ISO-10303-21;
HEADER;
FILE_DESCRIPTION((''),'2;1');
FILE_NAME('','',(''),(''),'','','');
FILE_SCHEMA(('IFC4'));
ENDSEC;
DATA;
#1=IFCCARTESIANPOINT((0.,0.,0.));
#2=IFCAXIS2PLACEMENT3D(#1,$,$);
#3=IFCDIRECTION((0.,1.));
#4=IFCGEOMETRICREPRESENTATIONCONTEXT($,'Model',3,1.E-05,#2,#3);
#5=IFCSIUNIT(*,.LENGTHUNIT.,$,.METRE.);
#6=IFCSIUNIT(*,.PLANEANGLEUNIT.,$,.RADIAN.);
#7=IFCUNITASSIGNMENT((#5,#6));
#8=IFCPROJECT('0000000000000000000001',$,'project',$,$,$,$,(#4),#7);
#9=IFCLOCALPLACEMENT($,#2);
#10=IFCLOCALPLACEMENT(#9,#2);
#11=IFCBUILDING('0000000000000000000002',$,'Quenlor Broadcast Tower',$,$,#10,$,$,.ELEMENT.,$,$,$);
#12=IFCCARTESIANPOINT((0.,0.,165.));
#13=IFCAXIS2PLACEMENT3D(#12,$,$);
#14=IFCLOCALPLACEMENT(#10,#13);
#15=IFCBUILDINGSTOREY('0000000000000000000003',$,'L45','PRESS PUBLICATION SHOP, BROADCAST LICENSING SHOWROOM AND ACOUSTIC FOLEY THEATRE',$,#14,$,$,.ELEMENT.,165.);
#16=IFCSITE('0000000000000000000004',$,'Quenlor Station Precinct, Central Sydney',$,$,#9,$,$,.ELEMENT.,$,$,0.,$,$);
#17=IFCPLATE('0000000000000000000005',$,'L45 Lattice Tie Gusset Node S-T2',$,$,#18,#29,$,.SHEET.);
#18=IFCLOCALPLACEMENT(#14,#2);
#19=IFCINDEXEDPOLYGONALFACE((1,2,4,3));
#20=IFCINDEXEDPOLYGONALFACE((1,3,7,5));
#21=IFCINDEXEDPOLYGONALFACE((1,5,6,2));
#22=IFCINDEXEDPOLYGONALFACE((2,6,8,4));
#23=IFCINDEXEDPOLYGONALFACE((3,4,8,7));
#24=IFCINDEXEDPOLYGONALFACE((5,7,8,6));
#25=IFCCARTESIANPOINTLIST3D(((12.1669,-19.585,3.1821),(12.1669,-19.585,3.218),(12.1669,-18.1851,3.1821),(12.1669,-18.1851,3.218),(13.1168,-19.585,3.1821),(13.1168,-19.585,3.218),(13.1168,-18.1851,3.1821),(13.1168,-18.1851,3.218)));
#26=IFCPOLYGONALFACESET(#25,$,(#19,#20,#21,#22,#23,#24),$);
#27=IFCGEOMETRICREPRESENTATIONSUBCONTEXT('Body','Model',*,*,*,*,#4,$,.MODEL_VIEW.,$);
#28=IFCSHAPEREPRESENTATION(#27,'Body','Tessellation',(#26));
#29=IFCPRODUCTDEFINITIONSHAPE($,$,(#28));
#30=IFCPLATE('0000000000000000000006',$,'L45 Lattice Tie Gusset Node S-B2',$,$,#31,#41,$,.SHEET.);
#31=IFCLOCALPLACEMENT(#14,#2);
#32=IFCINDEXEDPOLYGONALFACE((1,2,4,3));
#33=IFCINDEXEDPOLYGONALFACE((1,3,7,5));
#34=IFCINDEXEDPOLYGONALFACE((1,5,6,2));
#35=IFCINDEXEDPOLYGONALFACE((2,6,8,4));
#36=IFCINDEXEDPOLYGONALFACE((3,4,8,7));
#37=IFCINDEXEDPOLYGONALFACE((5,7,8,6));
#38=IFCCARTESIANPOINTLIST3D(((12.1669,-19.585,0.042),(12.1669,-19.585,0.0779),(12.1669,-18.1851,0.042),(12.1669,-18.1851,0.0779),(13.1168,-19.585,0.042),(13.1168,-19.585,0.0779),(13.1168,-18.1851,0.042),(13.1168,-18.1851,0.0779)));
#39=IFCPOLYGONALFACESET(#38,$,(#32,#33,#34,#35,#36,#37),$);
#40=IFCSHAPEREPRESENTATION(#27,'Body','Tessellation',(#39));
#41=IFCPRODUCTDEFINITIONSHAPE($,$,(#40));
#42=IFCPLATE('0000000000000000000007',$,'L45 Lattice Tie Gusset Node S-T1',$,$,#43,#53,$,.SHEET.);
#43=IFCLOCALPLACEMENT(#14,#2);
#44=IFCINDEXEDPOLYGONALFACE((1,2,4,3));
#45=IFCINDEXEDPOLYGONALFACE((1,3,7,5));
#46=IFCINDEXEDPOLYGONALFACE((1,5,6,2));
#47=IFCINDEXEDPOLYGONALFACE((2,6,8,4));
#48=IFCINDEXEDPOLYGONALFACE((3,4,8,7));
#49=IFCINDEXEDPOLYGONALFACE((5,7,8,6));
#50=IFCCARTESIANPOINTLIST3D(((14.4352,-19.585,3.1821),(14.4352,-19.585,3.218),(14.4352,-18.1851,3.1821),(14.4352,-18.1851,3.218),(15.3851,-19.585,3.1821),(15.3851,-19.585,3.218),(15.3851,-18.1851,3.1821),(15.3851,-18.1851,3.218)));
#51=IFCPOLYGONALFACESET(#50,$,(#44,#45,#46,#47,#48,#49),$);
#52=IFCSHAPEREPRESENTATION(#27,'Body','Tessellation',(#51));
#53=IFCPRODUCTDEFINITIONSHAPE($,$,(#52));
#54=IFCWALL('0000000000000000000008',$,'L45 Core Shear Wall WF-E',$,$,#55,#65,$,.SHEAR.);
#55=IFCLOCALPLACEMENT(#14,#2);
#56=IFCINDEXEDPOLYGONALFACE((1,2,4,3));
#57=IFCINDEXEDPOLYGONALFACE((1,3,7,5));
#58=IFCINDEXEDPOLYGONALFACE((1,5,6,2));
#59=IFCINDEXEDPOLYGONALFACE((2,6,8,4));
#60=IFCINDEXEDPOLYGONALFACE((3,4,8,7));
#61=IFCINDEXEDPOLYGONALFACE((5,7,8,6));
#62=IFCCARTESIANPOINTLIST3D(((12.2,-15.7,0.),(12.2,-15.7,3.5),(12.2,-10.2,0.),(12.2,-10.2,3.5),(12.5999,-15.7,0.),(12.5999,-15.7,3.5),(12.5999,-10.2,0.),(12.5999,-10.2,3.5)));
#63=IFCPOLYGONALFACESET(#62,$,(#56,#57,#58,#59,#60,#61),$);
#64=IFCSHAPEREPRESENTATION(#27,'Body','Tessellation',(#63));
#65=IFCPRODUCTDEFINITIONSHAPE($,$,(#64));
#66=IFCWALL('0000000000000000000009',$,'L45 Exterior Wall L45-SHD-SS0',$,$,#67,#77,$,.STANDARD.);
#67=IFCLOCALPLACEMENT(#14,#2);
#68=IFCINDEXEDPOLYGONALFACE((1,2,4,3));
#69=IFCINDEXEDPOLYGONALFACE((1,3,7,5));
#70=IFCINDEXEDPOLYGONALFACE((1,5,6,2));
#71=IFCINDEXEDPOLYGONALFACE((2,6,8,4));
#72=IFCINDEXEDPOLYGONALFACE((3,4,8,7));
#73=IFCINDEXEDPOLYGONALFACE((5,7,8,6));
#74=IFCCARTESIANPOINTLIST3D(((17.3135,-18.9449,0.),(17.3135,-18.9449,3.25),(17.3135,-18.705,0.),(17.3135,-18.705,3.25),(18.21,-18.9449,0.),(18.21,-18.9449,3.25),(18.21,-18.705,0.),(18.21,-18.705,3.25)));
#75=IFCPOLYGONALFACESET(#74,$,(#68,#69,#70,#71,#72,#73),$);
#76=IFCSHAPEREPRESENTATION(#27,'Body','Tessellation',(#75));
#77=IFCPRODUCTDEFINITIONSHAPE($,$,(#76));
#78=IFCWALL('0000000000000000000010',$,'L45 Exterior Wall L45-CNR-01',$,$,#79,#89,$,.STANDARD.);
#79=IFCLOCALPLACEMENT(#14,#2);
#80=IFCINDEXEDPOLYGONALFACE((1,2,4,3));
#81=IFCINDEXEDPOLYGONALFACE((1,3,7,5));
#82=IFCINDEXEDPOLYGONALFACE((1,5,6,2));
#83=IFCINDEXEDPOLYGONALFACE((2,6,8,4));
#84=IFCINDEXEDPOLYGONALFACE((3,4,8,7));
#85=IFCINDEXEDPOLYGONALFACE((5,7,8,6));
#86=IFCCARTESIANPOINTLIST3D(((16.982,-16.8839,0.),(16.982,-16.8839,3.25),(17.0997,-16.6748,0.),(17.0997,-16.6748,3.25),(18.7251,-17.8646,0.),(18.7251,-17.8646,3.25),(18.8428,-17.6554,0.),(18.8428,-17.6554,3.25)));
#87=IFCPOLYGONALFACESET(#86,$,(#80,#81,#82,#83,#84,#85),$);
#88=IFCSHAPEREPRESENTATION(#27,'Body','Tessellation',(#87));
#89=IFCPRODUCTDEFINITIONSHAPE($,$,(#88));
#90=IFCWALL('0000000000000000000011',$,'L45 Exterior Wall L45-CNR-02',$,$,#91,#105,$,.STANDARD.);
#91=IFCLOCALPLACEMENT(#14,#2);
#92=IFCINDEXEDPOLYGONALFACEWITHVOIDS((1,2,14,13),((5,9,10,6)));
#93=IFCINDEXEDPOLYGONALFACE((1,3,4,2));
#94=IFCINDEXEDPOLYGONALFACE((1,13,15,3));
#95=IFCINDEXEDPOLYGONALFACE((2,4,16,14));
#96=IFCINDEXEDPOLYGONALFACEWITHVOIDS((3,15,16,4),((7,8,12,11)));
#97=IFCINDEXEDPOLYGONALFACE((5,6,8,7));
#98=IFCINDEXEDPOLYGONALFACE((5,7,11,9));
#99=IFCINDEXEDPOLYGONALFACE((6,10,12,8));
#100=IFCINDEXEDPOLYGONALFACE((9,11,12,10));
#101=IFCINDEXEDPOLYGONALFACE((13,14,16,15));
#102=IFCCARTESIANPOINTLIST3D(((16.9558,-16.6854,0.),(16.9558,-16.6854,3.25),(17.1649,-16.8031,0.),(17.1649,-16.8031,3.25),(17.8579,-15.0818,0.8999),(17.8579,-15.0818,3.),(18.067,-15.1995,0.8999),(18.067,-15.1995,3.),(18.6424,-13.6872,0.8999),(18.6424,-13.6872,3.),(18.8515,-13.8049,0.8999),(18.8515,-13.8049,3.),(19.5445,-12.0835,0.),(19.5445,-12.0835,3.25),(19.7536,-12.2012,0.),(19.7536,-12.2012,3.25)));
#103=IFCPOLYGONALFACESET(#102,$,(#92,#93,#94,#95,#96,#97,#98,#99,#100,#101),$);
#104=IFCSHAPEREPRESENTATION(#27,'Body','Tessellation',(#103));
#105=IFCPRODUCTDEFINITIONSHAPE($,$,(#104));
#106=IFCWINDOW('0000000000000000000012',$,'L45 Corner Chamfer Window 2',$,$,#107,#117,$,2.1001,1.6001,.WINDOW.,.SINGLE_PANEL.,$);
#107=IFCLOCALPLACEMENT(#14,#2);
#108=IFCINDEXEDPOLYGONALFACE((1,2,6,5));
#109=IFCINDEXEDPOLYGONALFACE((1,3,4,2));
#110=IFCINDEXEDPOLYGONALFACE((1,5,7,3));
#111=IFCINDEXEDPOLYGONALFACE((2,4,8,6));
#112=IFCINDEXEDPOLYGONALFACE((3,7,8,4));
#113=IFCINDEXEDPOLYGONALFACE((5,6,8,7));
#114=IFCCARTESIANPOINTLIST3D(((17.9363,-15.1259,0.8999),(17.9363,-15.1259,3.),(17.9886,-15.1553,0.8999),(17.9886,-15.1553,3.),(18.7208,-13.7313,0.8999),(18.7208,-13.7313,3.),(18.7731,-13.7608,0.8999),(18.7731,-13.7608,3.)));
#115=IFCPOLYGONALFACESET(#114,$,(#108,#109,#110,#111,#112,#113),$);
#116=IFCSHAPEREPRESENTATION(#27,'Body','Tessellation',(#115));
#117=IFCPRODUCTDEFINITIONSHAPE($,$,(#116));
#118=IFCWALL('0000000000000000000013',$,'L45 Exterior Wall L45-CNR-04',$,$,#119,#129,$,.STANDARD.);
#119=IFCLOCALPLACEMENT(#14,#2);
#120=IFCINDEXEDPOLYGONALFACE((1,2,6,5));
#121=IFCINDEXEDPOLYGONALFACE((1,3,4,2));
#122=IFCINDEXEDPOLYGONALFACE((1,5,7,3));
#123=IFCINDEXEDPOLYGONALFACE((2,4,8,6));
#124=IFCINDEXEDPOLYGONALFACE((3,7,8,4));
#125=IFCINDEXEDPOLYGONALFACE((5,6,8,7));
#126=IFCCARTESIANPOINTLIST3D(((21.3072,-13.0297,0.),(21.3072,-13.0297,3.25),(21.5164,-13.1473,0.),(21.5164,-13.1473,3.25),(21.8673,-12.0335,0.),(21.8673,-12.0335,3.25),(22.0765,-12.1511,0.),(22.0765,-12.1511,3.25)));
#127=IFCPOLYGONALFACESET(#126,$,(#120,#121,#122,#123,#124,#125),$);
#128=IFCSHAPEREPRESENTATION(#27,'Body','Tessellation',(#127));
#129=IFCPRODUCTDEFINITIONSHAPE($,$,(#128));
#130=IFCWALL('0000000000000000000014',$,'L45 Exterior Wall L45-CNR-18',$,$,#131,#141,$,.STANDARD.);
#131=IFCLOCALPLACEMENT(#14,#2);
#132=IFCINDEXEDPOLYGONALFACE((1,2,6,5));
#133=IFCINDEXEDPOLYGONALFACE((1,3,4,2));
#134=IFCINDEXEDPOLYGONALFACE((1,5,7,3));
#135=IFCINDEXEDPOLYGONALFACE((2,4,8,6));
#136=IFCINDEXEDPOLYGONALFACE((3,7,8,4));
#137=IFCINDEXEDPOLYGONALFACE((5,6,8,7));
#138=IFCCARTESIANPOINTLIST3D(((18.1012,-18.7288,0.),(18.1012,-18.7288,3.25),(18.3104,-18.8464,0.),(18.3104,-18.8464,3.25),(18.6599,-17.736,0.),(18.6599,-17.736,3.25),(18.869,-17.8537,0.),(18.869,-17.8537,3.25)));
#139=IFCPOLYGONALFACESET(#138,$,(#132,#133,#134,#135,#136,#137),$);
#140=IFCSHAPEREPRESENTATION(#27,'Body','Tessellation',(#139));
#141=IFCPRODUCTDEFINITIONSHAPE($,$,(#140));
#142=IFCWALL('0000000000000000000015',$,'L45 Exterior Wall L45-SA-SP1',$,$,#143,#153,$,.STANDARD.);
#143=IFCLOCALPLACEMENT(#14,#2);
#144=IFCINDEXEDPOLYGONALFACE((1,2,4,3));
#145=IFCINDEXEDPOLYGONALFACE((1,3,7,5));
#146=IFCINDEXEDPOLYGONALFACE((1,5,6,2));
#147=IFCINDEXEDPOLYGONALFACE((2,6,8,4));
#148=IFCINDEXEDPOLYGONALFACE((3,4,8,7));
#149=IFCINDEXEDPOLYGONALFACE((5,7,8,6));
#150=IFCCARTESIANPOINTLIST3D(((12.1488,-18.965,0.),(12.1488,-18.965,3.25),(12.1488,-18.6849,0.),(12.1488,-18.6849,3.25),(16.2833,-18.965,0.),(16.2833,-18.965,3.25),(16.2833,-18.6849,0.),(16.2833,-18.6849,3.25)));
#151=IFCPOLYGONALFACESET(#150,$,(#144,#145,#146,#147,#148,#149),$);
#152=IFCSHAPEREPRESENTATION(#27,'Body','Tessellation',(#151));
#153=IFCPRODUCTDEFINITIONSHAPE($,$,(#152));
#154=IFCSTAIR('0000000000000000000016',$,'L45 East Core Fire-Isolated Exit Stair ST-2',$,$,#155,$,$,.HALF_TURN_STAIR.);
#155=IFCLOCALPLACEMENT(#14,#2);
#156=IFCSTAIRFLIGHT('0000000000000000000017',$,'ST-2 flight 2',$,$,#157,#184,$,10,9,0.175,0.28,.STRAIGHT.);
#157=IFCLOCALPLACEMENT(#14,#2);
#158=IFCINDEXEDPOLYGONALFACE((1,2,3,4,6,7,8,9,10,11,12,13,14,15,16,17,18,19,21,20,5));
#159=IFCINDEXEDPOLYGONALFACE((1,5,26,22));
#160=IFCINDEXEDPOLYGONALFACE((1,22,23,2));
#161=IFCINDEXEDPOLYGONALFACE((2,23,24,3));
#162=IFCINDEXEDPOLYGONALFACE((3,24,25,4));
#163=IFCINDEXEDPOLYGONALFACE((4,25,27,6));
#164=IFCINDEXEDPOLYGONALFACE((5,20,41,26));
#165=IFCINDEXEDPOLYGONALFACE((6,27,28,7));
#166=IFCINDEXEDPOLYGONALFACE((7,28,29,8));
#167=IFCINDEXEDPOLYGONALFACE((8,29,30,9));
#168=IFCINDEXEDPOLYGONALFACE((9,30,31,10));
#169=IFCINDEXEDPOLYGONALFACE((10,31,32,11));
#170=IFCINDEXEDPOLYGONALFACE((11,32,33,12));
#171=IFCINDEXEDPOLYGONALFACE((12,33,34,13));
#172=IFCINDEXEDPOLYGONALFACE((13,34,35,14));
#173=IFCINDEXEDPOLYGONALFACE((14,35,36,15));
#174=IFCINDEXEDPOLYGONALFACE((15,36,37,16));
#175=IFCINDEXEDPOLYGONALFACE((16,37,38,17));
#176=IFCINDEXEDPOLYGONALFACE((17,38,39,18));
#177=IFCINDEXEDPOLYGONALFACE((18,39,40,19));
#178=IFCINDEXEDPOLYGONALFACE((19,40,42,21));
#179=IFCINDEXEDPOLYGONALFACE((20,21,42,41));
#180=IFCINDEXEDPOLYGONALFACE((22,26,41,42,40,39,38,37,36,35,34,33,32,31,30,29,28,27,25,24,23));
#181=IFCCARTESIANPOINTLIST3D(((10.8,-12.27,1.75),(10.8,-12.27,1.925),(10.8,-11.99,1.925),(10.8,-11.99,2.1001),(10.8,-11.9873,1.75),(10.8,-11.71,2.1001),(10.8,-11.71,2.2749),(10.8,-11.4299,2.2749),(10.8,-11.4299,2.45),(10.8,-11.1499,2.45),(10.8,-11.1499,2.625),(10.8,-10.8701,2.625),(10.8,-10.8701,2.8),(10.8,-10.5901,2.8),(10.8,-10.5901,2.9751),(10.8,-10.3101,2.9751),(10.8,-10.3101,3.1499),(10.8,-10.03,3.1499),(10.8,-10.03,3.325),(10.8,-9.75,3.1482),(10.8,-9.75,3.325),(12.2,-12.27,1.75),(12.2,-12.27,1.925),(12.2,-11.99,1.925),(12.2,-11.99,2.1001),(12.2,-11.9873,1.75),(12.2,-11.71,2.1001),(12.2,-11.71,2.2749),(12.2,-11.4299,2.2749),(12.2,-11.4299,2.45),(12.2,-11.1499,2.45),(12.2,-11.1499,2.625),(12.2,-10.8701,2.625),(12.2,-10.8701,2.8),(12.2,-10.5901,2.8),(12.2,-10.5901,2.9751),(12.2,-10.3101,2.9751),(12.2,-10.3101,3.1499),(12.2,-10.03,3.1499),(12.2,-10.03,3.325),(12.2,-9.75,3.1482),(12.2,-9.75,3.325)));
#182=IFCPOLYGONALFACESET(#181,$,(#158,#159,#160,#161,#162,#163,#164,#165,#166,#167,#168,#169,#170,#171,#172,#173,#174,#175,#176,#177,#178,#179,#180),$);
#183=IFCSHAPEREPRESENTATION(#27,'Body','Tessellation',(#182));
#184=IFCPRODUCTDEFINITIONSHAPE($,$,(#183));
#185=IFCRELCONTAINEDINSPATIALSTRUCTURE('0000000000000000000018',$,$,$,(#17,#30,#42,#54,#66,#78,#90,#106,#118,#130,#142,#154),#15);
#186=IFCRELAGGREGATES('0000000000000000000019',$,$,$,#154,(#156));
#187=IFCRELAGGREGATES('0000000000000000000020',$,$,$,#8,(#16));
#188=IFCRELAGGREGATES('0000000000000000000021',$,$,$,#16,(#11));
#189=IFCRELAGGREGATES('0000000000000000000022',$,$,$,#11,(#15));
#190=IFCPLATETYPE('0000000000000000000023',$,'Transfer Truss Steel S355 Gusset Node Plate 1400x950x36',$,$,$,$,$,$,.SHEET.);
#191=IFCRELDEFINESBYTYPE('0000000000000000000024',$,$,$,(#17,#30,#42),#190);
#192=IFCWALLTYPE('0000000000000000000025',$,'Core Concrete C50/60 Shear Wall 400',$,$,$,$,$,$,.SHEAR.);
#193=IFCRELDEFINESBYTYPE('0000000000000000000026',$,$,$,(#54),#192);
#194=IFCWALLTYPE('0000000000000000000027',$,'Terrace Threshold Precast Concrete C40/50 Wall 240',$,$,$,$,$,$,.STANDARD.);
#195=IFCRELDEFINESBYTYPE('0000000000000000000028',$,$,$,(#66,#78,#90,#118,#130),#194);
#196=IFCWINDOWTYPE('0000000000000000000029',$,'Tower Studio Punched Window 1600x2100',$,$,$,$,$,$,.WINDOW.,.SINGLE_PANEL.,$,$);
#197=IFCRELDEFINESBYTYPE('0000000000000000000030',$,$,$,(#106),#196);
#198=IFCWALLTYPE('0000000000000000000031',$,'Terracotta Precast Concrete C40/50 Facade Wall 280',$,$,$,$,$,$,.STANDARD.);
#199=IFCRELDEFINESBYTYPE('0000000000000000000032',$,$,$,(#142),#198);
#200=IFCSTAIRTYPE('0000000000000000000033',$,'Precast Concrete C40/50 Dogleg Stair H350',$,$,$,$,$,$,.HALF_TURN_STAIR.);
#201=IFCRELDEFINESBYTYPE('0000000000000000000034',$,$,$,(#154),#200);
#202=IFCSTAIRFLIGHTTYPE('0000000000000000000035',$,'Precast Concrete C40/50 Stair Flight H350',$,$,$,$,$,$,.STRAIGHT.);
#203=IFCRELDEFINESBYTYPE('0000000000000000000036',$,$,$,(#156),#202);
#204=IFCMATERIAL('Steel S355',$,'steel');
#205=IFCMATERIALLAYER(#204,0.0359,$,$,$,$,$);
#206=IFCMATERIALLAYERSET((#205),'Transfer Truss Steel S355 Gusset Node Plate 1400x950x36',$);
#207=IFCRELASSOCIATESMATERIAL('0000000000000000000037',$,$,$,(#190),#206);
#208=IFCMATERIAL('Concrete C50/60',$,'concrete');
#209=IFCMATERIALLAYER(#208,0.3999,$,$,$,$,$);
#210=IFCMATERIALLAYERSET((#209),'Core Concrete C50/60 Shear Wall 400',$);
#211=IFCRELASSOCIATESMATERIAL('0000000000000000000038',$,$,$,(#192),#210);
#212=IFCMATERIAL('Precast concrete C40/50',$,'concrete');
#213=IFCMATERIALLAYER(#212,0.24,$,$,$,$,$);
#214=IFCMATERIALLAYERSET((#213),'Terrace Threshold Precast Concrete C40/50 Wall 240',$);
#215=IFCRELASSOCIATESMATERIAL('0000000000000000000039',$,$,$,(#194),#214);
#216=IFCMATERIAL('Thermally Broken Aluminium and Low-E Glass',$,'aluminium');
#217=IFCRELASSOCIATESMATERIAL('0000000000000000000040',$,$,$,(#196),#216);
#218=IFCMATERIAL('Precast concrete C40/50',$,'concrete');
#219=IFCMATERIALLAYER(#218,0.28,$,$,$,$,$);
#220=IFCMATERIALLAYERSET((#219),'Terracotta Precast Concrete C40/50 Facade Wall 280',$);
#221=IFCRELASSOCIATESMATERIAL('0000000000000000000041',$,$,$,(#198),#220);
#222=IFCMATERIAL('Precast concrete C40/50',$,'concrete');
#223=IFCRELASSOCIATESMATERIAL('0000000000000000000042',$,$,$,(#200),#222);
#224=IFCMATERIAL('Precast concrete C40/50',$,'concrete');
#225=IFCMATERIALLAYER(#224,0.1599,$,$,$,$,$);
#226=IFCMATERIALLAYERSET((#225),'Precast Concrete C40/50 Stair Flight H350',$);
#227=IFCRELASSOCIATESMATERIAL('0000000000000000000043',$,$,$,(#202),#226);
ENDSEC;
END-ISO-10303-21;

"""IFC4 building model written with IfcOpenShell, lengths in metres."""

from ifc_helpers import new_model, si_unit, direction, frame, frame_2d, origin, origin_2d, place, context, subcontext, project, spatial, polyline, rectangle, outline, extrude, material, layer, layer_set, type_object, element, fill, aggregate, save


model = new_model("IFC4")

# Units and contexts
model_context = context("Model", 3, precision=1e-05, world=origin(), true_north=direction((0.0, 1.0)))
body_context = subcontext(model_context, "Body", "Model", "MODEL_VIEW")
ifc_project = project(units=[si_unit("LENGTHUNIT", "METRE"), si_unit("PLANEANGLEUNIT", "RADIAN")], contexts=[model_context])

# Site, building, storey
site_placement = place(None, origin())
site = spatial("IfcSite", under=ifc_project, at=site_placement, Name="Quenlor Station Precinct, Central Sydney", CompositionType="ELEMENT", RefElevation=0.0)
building_placement = place(site_placement, origin())
building = spatial("IfcBuilding", under=site, at=building_placement, Name="Quenlor Broadcast Tower", CompositionType="ELEMENT")
storey_placement = place(building_placement, frame((0.0, 0.0, 165.0)))
storey = spatial("IfcBuildingStorey", under=building, at=storey_placement, Name="L45", Description="PRESS PUBLICATION SHOP, BROADCAST LICENSING SHOWROOM AND ACOUSTIC FOLEY THEATRE", CompositionType="ELEMENT", Elevation=165.0)

# Plates
ifc_material_1 = material(Name="Steel S355", Category="steel")
ifc_layer_1 = layer(ifc_material_1, 0.0359)
ifc_layer_set_1 = layer_set([ifc_layer_1], Name="Transfer Truss Steel S355 Gusset Node Plate 1400x950x36")
plate_type_1 = type_object("IfcPlateType", Name="Transfer Truss Steel S355 Gusset Node Plate 1400x950x36", PredefinedType="SHEET", material=ifc_layer_set_1)
for number, where, z_axis, x_axis, name in (
    (1, (12.6418, -18.885, 3.1821), (0.0, 0.0, 1.0), (0.0, -1.0, 0.0), "L45 Lattice Tie Gusset Node S-T2"),
    (2, (12.6418, -18.885, 0.042), (0.0, 0.0, 1.0), (0.0, -1.0, 0.0), "L45 Lattice Tie Gusset Node S-B2"),
    (3, (14.9102, -18.885, 3.1821), (0.0, 0.0, 1.0), (0.0, -1.0, 0.0), "L45 Lattice Tie Gusset Node S-T1"),
):
    element("IfcPlate", number, at=place(storey_placement, frame(where, z_axis=z_axis, x_axis=x_axis)), inside=storey, type_object=plate_type_1, Name=name, PredefinedType="SHEET", context=body_context, shape_type="SweptSolid", body=[
        extrude(rectangle(XDim=1.3999, YDim=0.95, at=origin_2d()), origin(), (0.0, 0.0, 1.0), 0.0359),
    ])

# Walls
ifc_material_2 = material(Name="Concrete C50/60", Category="concrete")
ifc_layer_2 = layer(ifc_material_2, 0.3999)
ifc_layer_set_2 = layer_set([ifc_layer_2], Name="Core Concrete C50/60 Shear Wall 400")
wall_type_1 = type_object("IfcWallType", Name="Core Concrete C50/60 Shear Wall 400", PredefinedType="SHEAR", material=ifc_layer_set_2)
wall_1_placement = place(storey_placement, frame((12.3999, -15.7, 0.0), z_axis=(0.0, 0.0, 1.0), x_axis=(0.0, 1.0, 0.0)))
element("IfcWall", 4, at=wall_1_placement, inside=storey, type_object=wall_type_1, Name="L45 Core Shear Wall WF-E", PredefinedType="SHEAR", context=body_context, shape_type="SweptSolid", body=[
    extrude(rectangle(XDim=5.5, YDim=0.3999, at=frame_2d((2.75, 0.0))), origin(), (0.0, 0.0, 1.0), 3.5),
])
ifc_material_3 = material(Name="Precast concrete C40/50", Category="concrete")
ifc_layer_3 = layer(ifc_material_3, 0.24)
ifc_layer_set_3 = layer_set([ifc_layer_3], Name="Terrace Threshold Precast Concrete C40/50 Wall 240")
wall_type_2 = type_object("IfcWallType", Name="Terrace Threshold Precast Concrete C40/50 Wall 240", PredefinedType="STANDARD", material=ifc_layer_set_3)
wall_2_placement = place(storey_placement, frame((18.21, -18.825, 0.0), z_axis=(0.0, 0.0, 1.0), x_axis=(-1.0, 0.0, 0.0)))
element("IfcWall", 5, at=wall_2_placement, inside=storey, type_object=wall_type_2, Name="L45 Exterior Wall L45-SHD-SS0", PredefinedType="STANDARD", context=body_context, shape_type="SweptSolid", body=[
    extrude(rectangle(XDim=0.8965, YDim=0.24, at=frame_2d((0.4482, 0.0))), origin(), (0.0, 0.0, 1.0), 3.25),
])
wall_3_placement = place(storey_placement, frame((18.7839, -17.76, 0.0), z_axis=(0.0, 0.0, 1.0), x_axis=(-0.871536, 0.490331, 0.0)))
element("IfcWall", 6, at=wall_3_placement, inside=storey, type_object=wall_type_2, Name="L45 Exterior Wall L45-CNR-01", PredefinedType="STANDARD", context=body_context, shape_type="SweptSolid", body=[
    extrude(rectangle(XDim=2.0, YDim=0.24, at=frame_2d((1.0, 0.0))), origin(), (0.0, 0.0, 1.0), 3.25),
])

# Wall, opening, window
wall_4_placement = place(storey_placement, frame((17.0603, -16.7444, 0.0), z_axis=(0.0, 0.0, 1.0), x_axis=(0.490277, 0.871567, 0.0)))
wall_4 = element("IfcWall", 7, at=wall_4_placement, inside=storey, type_object=wall_type_2, Name="L45 Exterior Wall L45-CNR-02", PredefinedType="STANDARD", context=body_context, shape_type="SweptSolid", body=[
    extrude(rectangle(XDim=5.28, YDim=0.24, at=frame_2d((2.6401, 0.0))), origin(), (0.0, 0.0, 1.0), 3.25),
])
opening_placement = place(wall_4_placement, frame((1.8401, 0.0, 0.8999)))
opening = element("IfcOpeningElement", 8, at=opening_placement, cuts=wall_4, PredefinedType="OPENING", context=body_context, shape_type="SweptSolid", body=[
    extrude(rectangle(XDim=1.6001, YDim=2.1001, at=frame_2d((0.8, 1.05))), frame((0.0, 0.1299, 0.0), z_axis=(0.0, -1.0, 0.0), x_axis=(1.0, 0.0, 0.0)), (0.0, 0.0, 1.0), 0.26),
])
ifc_material_4 = material(Name="Thermally Broken Aluminium and Low-E Glass", Category="aluminium")
window_type = type_object("IfcWindowType", Name="Tower Studio Punched Window 1600x2100", PartitioningType="SINGLE_PANEL", PredefinedType="WINDOW", material=ifc_material_4)
window_placement = place(opening_placement, origin())
window = element("IfcWindow", 9, at=window_placement, inside=storey, type_object=window_type, Name="L45 Corner Chamfer Window 2", OverallHeight=2.1001, OverallWidth=1.6001, PartitioningType="SINGLE_PANEL", PredefinedType="WINDOW", context=body_context, shape_type="SweptSolid", body=[
    extrude(rectangle(XDim=1.6001, YDim=2.1001, at=frame_2d((0.8, 1.05))), frame((0.0, 0.03, 0.0), z_axis=(0.0, -1.0, 0.0), x_axis=(1.0, 0.0, 0.0)), (0.0, 0.0, 1.0), 0.0601),
])
fill(opening, window)

# Walls
wall_5_placement = place(storey_placement, frame((21.4119, -13.0884, 0.0), z_axis=(0.0, 0.0, 1.0), x_axis=(0.490099, 0.871667, 0.0)))
element("IfcWall", 10, at=wall_5_placement, inside=storey, type_object=wall_type_2, Name="L45 Exterior Wall L45-CNR-04", PredefinedType="STANDARD", context=body_context, shape_type="SweptSolid", body=[
    extrude(rectangle(XDim=1.1428, YDim=0.24, at=frame_2d((0.5713, 0.0))), origin(), (0.0, 0.0, 1.0), 3.25),
])
wall_6_placement = place(storey_placement, frame((18.2058, -18.7876, 0.0), z_axis=(0.0, 0.0, 1.0), x_axis=(0.490404, 0.871495, 0.0)))
element("IfcWall", 11, at=wall_6_placement, inside=storey, type_object=wall_type_2, Name="L45 Exterior Wall L45-CNR-18", PredefinedType="STANDARD", context=body_context, shape_type="SweptSolid", body=[
    extrude(rectangle(XDim=1.1392, YDim=0.24, at=frame_2d((0.5696, 0.0))), origin(), (0.0, 0.0, 1.0), 3.25),
])
ifc_material_5 = material(Name="Precast concrete C40/50", Category="concrete")
ifc_layer_4 = layer(ifc_material_5, 0.28)
ifc_layer_set_4 = layer_set([ifc_layer_4], Name="Terracotta Precast Concrete C40/50 Facade Wall 280")
wall_type_3 = type_object("IfcWallType", Name="Terracotta Precast Concrete C40/50 Facade Wall 280", PredefinedType="STANDARD", material=ifc_layer_set_4)
wall_7_placement = place(storey_placement, frame((16.2834, -18.825, 0.0), z_axis=(0.0, 0.0, 1.0), x_axis=(-1.0, 0.0, 0.0)))
element("IfcWall", 12, at=wall_7_placement, inside=storey, type_object=wall_type_3, Name="L45 Exterior Wall L45-SA-SP1", PredefinedType="STANDARD", context=body_context, shape_type="SweptSolid", body=[
    extrude(rectangle(XDim=4.1345, YDim=0.28, at=frame_2d((2.0674, 0.0))), origin(), (0.0, 0.0, 1.0), 3.25),
])

# Stair, stair flight
ifc_material_6 = material(Name="Precast concrete C40/50", Category="concrete")
stair_type = type_object("IfcStairType", Name="Precast Concrete C40/50 Dogleg Stair H350", PredefinedType="HALF_TURN_STAIR", material=ifc_material_6)
stair_placement = place(storey_placement, origin())
stair = element("IfcStair", 13, at=stair_placement, inside=storey, type_object=stair_type, Name="L45 East Core Fire-Isolated Exit Stair ST-2", PredefinedType="HALF_TURN_STAIR")
ifc_material_7 = material(Name="Precast concrete C40/50", Category="concrete")
ifc_layer_5 = layer(ifc_material_7, 0.1599)
ifc_layer_set_5 = layer_set([ifc_layer_5], Name="Precast Concrete C40/50 Stair Flight H350")
stair_flight_type = type_object("IfcStairFlightType", Name="Precast Concrete C40/50 Stair Flight H350", PredefinedType="STRAIGHT", material=ifc_layer_set_5)
stair_flight_placement = place(storey_placement, frame((11.5, -12.27, 1.75), z_axis=(0.0, 0.0, 1.0), x_axis=(0.0, 1.0, 0.0)))
stair_flight = element("IfcStairFlight", 14, at=stair_flight_placement, type_object=stair_flight_type, Name="ST-2 flight 2", NumberOfRisers=10, NumberOfTreads=9, PredefinedType="STRAIGHT", RiserHeight=0.175, TreadLength=0.28, context=body_context, shape_type="SweptSolid", body=[
    extrude(outline(polyline([(0.0, 0.0), (0.0, 0.175), (0.28, 0.175), (0.28, 0.3501), (0.5601, 0.3501), (0.5601, 0.5249), (0.8401, 0.5249), (0.8401, 0.7), (1.1201, 0.7), (1.1201, 0.875), (1.3999, 0.875), (1.3999, 1.05), (1.6799, 1.05), (1.6799, 1.2251), (1.96, 1.2251), (1.96, 1.3999), (2.24, 1.3999), (2.24, 1.575), (2.52, 1.575), (2.52, 1.75), (2.52, 1.3982), (0.2827, 0.0), (0.0, 0.0)])), frame((0.0, 0.7, 0.0), z_axis=(0.0, -1.0, 0.0), x_axis=(1.0, 0.0, 0.0)), (0.0, 0.0, 1.0), 1.3999),
])
aggregate(stair, [stair_flight])

save(model, "model.ifc")
